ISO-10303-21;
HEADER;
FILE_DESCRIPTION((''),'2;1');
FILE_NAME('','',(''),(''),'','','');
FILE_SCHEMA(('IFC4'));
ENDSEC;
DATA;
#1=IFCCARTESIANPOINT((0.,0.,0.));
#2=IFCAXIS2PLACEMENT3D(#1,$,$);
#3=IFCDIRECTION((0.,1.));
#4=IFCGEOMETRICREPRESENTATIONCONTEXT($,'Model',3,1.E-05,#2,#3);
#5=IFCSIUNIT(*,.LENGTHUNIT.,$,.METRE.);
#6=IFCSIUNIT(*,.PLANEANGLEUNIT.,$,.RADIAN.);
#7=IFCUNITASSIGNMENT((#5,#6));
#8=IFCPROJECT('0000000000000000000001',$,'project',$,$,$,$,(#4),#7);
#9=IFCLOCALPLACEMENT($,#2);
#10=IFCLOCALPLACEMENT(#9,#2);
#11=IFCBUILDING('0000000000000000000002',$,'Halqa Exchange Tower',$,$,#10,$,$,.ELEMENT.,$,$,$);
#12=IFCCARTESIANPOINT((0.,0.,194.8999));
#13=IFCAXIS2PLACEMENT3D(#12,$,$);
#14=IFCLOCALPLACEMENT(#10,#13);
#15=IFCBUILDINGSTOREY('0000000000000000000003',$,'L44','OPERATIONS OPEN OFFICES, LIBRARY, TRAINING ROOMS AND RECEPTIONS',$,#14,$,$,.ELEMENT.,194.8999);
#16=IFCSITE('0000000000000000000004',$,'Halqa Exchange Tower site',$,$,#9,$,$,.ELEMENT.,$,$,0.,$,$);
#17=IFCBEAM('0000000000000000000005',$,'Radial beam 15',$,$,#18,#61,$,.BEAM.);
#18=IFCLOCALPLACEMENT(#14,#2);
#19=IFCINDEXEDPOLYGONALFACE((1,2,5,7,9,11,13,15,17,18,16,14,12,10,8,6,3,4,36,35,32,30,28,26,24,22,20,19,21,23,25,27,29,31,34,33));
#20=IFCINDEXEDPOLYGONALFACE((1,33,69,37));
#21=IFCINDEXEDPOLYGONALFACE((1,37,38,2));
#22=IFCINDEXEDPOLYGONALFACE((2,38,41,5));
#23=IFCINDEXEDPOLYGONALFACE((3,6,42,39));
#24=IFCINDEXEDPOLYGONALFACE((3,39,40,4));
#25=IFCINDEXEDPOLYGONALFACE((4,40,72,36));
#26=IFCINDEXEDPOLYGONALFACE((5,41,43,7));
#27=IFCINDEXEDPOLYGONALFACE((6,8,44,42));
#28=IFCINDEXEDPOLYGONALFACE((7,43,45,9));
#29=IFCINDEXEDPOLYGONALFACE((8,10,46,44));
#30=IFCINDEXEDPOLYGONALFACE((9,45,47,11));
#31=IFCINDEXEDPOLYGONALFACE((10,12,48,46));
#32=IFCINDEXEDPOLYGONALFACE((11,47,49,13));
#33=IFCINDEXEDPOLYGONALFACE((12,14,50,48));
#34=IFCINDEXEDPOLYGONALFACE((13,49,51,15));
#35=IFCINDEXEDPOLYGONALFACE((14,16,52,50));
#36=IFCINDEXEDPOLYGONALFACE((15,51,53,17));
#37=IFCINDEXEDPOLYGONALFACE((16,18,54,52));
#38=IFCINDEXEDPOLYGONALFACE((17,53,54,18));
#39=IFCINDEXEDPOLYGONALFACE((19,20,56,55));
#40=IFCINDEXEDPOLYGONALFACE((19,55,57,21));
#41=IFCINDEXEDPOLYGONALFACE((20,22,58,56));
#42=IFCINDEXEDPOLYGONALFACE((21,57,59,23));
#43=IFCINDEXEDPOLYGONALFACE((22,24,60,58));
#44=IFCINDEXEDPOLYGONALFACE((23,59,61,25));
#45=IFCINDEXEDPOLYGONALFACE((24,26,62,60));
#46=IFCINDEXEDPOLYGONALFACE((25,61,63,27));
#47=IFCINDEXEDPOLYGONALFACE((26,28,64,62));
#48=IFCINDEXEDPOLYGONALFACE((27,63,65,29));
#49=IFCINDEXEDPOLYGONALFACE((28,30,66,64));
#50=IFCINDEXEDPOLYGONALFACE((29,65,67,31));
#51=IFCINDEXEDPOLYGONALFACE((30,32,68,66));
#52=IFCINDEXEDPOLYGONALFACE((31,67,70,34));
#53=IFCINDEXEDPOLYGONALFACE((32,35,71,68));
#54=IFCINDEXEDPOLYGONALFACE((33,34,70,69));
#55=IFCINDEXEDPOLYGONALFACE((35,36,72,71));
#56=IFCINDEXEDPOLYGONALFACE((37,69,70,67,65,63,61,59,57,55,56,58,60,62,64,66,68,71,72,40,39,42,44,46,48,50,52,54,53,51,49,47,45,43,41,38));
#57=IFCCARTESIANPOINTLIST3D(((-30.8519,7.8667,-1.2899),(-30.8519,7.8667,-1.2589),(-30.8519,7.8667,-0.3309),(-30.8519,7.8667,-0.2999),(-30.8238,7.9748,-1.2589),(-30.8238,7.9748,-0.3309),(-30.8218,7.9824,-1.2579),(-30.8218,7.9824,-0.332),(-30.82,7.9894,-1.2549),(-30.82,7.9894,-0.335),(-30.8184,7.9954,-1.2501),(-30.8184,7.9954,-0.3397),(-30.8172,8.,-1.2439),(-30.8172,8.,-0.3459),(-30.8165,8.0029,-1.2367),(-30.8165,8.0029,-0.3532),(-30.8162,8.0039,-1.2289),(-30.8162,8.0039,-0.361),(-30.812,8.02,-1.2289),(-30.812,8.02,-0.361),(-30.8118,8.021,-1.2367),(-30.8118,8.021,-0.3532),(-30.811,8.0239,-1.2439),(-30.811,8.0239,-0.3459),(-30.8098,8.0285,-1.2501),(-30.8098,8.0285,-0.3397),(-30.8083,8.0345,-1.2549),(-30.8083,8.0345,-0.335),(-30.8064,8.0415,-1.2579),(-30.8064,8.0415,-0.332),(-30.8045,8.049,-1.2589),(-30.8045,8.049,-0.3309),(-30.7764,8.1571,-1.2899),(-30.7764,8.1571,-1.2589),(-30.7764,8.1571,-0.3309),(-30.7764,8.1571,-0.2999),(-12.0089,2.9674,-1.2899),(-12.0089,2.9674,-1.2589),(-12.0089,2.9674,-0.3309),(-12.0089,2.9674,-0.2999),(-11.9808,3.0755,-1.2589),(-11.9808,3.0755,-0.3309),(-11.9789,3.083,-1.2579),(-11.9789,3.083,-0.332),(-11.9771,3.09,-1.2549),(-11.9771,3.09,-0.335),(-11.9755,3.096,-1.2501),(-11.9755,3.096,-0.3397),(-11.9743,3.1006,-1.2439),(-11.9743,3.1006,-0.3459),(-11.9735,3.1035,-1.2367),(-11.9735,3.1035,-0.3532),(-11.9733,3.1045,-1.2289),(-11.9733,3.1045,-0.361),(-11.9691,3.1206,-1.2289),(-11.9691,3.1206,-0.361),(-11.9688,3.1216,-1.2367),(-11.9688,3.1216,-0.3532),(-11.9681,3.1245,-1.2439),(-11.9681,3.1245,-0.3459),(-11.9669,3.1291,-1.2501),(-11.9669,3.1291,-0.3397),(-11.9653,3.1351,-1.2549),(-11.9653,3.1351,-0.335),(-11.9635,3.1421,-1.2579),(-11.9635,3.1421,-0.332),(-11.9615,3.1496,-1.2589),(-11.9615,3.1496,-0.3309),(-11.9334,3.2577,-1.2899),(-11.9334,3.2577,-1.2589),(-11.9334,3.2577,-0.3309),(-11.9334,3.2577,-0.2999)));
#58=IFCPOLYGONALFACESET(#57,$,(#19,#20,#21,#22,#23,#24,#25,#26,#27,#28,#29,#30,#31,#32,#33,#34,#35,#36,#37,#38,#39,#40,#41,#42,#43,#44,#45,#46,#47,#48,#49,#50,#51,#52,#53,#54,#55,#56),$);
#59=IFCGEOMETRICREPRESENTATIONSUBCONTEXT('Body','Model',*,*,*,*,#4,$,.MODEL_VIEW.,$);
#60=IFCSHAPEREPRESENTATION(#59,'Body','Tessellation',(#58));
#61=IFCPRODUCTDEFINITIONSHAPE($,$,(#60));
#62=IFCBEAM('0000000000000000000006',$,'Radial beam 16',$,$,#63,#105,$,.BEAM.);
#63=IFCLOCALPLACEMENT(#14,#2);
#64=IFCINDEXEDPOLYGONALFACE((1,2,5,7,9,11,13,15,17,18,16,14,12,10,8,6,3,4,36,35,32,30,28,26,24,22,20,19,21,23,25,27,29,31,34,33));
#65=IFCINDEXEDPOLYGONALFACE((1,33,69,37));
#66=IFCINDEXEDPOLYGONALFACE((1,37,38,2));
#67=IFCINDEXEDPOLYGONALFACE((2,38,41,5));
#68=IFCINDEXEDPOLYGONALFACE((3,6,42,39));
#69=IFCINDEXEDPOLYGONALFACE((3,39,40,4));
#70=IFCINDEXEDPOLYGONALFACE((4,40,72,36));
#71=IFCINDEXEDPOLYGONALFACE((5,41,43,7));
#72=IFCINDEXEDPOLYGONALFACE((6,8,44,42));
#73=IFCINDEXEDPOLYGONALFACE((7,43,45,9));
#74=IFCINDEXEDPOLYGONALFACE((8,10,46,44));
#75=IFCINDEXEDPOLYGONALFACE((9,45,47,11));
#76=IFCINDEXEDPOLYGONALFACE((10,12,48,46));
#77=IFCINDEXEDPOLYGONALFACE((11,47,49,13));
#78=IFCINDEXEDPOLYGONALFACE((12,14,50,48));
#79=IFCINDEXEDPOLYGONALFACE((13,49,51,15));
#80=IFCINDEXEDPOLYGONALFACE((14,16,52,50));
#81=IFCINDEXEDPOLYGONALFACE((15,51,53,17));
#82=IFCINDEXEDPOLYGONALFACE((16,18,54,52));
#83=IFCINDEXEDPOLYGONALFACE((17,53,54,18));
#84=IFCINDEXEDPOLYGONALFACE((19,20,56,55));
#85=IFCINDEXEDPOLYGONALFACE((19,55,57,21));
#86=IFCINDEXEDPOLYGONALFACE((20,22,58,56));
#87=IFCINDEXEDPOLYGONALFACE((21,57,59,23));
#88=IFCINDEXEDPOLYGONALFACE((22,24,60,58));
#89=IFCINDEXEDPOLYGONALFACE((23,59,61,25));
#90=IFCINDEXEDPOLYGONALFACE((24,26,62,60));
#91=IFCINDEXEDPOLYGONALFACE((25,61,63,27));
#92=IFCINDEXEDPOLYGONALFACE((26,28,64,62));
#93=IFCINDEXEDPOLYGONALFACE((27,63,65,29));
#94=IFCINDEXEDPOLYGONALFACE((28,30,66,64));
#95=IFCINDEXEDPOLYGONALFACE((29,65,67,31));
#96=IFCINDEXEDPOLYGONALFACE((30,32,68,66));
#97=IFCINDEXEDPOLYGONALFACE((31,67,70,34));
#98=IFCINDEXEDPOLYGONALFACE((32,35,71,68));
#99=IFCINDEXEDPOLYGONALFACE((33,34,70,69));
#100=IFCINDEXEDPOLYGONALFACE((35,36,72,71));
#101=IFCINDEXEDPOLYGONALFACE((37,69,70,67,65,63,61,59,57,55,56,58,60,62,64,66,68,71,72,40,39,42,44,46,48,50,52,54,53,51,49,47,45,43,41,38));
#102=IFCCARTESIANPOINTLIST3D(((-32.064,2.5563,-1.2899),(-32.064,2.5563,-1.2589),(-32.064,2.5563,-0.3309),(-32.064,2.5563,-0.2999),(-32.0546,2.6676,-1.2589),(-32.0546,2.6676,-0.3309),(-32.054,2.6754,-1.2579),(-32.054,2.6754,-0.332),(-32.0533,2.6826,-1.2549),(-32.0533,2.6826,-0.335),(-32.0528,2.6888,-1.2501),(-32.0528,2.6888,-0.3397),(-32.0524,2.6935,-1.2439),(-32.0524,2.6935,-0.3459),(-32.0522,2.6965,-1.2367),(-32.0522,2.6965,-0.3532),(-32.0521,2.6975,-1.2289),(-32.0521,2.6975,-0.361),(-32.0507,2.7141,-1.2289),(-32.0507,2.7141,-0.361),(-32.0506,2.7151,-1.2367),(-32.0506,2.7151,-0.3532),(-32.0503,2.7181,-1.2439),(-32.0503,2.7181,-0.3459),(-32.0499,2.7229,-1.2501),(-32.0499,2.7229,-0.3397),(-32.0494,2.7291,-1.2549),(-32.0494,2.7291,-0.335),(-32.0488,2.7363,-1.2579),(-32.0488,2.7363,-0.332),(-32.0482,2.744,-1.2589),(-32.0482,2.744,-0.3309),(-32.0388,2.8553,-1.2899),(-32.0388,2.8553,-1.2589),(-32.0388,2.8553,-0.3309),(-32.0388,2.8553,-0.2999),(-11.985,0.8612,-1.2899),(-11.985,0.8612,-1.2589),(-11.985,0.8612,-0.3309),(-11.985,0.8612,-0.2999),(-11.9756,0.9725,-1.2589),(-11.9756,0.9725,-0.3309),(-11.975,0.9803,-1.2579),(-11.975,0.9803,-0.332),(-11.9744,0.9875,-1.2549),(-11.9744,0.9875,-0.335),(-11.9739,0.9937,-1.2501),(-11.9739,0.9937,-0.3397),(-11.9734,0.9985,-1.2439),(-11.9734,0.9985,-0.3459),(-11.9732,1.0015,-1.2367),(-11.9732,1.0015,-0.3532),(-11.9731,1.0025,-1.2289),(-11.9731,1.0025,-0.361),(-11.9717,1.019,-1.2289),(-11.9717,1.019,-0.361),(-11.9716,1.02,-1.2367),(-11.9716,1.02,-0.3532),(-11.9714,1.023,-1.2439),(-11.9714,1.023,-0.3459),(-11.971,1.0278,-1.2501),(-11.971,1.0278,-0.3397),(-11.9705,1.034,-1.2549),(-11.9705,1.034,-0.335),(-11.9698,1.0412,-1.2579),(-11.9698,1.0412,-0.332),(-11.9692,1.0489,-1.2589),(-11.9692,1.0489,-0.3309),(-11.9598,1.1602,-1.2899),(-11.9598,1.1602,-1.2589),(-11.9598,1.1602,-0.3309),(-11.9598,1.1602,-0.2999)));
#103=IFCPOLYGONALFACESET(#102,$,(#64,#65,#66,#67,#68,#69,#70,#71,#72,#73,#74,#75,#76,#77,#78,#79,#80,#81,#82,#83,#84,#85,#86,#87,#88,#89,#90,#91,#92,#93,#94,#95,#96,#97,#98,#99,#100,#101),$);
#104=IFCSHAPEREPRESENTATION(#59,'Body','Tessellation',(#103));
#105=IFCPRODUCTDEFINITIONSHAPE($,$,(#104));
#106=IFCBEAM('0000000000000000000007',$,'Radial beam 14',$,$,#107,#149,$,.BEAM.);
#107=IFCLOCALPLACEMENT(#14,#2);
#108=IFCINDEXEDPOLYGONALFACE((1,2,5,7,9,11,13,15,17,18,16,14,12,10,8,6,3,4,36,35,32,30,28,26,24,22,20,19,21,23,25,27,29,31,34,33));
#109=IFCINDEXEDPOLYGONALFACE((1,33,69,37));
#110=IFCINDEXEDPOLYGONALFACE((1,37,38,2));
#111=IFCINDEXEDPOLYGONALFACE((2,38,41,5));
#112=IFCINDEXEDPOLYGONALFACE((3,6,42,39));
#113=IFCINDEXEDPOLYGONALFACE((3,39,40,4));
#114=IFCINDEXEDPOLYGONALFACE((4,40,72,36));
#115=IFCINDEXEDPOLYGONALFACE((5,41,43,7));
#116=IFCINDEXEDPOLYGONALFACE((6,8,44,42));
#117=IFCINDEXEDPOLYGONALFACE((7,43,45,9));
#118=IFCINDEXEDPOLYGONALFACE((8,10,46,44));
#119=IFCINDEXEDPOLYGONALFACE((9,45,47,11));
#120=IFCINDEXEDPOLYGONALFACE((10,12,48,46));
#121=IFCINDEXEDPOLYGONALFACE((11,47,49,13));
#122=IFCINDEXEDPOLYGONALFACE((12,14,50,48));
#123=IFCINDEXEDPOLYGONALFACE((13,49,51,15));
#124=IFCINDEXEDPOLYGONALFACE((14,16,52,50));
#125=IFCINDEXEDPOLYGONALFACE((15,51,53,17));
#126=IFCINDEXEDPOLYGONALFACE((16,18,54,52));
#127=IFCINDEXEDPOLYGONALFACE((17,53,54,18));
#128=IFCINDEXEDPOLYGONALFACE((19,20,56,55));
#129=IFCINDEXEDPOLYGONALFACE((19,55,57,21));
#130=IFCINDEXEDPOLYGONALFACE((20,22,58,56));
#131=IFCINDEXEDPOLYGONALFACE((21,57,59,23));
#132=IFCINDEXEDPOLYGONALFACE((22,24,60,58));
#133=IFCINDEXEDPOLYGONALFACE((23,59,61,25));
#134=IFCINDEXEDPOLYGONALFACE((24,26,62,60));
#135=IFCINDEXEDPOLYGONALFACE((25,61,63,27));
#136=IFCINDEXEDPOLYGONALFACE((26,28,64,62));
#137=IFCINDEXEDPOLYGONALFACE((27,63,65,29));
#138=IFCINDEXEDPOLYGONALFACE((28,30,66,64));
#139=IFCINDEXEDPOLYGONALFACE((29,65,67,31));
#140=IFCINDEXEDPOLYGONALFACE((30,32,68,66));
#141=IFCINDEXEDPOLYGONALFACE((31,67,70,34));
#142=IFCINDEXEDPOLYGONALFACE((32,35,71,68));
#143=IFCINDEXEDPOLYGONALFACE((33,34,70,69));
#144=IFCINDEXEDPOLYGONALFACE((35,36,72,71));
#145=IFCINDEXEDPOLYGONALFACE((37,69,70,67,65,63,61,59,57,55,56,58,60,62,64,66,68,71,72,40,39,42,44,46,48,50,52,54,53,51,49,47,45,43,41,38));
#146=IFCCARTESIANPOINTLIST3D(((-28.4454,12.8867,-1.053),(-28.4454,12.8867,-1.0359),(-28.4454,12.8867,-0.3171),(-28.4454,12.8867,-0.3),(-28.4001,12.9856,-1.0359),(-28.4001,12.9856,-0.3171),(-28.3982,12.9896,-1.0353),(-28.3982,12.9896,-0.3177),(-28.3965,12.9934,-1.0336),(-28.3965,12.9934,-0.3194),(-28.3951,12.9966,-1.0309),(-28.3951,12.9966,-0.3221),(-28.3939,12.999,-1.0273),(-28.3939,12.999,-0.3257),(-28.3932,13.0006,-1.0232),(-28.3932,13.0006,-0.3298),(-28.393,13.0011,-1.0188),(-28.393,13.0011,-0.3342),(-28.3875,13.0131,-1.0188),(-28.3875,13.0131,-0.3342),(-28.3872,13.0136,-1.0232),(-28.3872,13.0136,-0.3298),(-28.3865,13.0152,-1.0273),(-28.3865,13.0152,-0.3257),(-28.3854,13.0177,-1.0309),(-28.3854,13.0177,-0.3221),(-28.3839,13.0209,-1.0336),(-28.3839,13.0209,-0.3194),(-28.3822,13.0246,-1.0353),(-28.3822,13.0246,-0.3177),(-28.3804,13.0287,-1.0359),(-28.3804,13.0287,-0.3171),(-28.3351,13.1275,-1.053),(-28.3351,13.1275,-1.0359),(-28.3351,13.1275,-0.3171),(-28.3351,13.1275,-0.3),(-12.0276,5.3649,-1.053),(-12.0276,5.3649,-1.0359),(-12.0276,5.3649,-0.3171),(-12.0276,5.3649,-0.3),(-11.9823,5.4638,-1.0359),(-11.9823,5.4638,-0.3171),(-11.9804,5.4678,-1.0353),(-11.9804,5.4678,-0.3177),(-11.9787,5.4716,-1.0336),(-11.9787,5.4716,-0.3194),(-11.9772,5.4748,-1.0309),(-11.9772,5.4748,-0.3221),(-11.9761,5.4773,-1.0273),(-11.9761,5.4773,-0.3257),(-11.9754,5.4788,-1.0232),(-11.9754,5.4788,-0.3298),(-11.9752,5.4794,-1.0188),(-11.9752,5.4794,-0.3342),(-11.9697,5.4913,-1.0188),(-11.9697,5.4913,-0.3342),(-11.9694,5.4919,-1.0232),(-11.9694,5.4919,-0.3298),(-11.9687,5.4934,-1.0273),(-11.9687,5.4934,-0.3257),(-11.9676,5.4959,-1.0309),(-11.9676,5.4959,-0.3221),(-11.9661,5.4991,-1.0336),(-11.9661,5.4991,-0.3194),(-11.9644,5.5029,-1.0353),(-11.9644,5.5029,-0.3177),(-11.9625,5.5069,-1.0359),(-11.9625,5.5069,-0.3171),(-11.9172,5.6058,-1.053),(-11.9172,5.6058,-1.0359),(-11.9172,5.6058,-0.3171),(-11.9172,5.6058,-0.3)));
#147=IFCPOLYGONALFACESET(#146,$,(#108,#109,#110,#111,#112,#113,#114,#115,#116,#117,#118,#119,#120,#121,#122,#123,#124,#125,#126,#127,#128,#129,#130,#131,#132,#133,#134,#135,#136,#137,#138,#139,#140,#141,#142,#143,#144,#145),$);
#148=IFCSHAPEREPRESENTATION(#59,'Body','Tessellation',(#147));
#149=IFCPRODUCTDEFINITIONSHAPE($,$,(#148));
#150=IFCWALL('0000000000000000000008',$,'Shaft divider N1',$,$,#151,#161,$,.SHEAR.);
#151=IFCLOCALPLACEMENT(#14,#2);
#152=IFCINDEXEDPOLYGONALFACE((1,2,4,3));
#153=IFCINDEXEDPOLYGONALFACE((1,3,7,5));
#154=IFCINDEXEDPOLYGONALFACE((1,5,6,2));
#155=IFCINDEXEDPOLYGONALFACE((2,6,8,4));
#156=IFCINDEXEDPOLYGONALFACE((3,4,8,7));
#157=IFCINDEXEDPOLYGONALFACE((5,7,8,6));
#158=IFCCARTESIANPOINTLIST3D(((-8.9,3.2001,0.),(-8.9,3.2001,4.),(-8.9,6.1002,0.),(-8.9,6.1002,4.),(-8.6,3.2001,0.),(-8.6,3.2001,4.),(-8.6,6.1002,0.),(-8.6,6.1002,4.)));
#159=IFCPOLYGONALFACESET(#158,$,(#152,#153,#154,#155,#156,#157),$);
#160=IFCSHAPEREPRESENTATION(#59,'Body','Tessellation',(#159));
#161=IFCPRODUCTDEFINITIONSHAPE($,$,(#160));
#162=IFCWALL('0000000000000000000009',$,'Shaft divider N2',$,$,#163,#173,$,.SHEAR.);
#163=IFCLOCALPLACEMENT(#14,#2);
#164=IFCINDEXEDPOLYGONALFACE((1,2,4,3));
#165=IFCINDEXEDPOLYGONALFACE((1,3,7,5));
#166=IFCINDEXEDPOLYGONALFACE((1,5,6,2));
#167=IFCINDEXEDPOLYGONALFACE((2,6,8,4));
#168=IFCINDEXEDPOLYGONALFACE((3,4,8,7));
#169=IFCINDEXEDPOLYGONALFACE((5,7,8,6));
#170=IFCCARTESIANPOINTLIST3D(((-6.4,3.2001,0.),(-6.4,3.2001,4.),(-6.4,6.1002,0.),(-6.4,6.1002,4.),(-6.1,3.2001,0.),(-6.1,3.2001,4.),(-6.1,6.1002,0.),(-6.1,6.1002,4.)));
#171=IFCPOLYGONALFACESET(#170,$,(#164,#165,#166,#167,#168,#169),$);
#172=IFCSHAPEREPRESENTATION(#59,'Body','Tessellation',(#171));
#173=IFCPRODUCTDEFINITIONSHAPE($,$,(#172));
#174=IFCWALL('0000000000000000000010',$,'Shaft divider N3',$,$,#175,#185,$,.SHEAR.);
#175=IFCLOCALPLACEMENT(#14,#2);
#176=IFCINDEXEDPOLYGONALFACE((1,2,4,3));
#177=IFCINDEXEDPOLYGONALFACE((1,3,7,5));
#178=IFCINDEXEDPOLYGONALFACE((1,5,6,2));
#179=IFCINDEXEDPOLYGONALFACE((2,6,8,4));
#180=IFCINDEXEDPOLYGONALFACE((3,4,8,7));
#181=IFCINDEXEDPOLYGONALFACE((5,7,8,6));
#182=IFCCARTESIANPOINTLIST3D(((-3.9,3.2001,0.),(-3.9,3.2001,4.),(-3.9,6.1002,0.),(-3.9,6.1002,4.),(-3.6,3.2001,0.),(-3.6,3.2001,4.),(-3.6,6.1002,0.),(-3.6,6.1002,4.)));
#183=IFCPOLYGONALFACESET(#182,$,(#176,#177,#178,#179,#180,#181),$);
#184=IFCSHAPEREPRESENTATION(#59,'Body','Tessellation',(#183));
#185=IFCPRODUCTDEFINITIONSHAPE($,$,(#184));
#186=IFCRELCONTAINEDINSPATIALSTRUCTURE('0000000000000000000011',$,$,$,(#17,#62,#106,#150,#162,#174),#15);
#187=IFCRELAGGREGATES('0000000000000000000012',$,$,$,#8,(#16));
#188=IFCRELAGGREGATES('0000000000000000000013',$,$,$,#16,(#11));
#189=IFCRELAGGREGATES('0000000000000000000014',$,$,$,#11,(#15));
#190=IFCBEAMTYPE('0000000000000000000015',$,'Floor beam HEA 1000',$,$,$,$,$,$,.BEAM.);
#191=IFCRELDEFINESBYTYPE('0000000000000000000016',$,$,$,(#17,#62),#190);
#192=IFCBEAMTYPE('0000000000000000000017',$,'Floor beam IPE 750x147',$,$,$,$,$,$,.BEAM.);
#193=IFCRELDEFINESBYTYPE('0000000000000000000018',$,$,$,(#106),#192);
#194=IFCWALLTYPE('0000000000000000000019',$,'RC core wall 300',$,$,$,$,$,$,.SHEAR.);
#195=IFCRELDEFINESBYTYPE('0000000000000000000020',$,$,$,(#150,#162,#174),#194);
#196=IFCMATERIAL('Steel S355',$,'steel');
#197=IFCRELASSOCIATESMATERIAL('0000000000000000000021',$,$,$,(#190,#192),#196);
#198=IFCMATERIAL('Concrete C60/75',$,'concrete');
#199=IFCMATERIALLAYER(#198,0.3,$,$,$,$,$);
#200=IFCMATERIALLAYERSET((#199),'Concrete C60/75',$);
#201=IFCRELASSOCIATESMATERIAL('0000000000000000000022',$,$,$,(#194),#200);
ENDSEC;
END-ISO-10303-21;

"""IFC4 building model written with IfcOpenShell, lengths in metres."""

from ifc_helpers import new_model, si_unit, direction, frame, frame_2d, origin, origin_2d, place, context, subcontext, project, spatial, rectangle, i_section, extrude, material, layer, layer_set, material_profile, profile_set, type_object, element, save


model = new_model("IFC4")

# Units and contexts
model_context = context("Model", 3, precision=1e-05, world=origin(), true_north=direction((0.0, 1.0)))
body_context = subcontext(model_context, "Body", "Model", "MODEL_VIEW")
ifc_project = project(units=[si_unit("LENGTHUNIT", "METRE"), si_unit("PLANEANGLEUNIT", "RADIAN")], contexts=[model_context])

# Site, building, storey
site_placement = place(None, origin())
site = spatial("IfcSite", under=ifc_project, at=site_placement, Name="Halqa Exchange Tower site", CompositionType="ELEMENT", RefElevation=0.0)
building_placement = place(site_placement, origin())
building = spatial("IfcBuilding", under=site, at=building_placement, Name="Halqa Exchange Tower", CompositionType="ELEMENT")
storey_placement = place(building_placement, frame((0.0, 0.0, 194.8999)))
storey = spatial("IfcBuildingStorey", under=building, at=storey_placement, Name="L44", Description="OPERATIONS OPEN OFFICES, LIBRARY, TRAINING ROOMS AND RECEPTIONS", CompositionType="ELEMENT", Elevation=194.8999)

# Beams
ifc_material_1 = material(Name="Steel S355", Category="steel")
ifc_material_profile_1 = material_profile(ifc_material_1, i_section(OverallWidth=0.3, OverallDepth=0.99, WebThickness=0.0166, FlangeThickness=0.031, FilletRadius=0.03, at=origin_2d()), Name="HEA 1000")
ifc_profile_set_1 = profile_set([ifc_material_profile_1], Name="Steel S355")
beam_type_1 = type_object("IfcBeamType", Name="Floor beam HEA 1000", PredefinedType="BEAM", material=ifc_profile_set_1)
beam_1_placement = place(storey_placement, frame((-11.9712, 3.1125, -0.7949), z_axis=(-0.96782, 0.251645, 0.0), x_axis=(-0.251645, -0.96782, 0.0)))
element("IfcBeam", 1, at=beam_1_placement, inside=storey, type_object=beam_type_1, Name="Radial beam 15", PredefinedType="BEAM", context=body_context, shape_type="SweptSolid", body=[
    extrude(i_section(OverallWidth=0.3, OverallDepth=0.99, WebThickness=0.0166, FlangeThickness=0.031, FilletRadius=0.03, at=origin_2d()), origin(), (0.0, 0.0, 1.0), 19.4695),
])
beam_2_placement = place(storey_placement, frame((-11.9724, 1.0107, -0.7949), z_axis=(-0.996456, 0.084121, 0.0), x_axis=(-0.084121, -0.996456, 0.0)))
element("IfcBeam", 2, at=beam_2_placement, inside=storey, type_object=beam_type_1, Name="Radial beam 16", PredefinedType="BEAM", context=body_context, shape_type="SweptSolid", body=[
    extrude(i_section(OverallWidth=0.3, OverallDepth=0.99, WebThickness=0.0166, FlangeThickness=0.031, FilletRadius=0.03, at=origin_2d()), origin(), (0.0, 0.0, 1.0), 20.1504),
])
ifc_material_profile_2 = material_profile(ifc_material_1, i_section(OverallWidth=0.2649, OverallDepth=0.7529, WebThickness=0.0132, FlangeThickness=0.0171, FilletRadius=0.0171, at=origin_2d()), Name="IPE 750x147")
ifc_profile_set_2 = profile_set([ifc_material_profile_2], Name="Steel S355")
beam_type_2 = type_object("IfcBeamType", Name="Floor beam IPE 750x147", PredefinedType="BEAM", material=ifc_profile_set_2)
beam_3_placement = place(storey_placement, frame((-11.9724, 5.4854, -0.6765), z_axis=(-0.909129, 0.416515, 0.0), x_axis=(-0.416515, -0.909129, 0.0)))
element("IfcBeam", 3, at=beam_3_placement, inside=storey, type_object=beam_type_2, Name="Radial beam 14", PredefinedType="BEAM", context=body_context, shape_type="SweptSolid", body=[
    extrude(i_section(OverallWidth=0.2649, OverallDepth=0.7529, WebThickness=0.0132, FlangeThickness=0.0171, FilletRadius=0.0171, at=origin_2d()), origin(), (0.0, 0.0, 1.0), 18.0588),
])

# Walls
ifc_material_2 = material(Name="Concrete C60/75", Category="concrete")
ifc_layer_1 = layer(ifc_material_2, 0.3)
ifc_layer_set_1 = layer_set([ifc_layer_1], Name="Concrete C60/75")
wall_type_1 = type_object("IfcWallType", Name="RC core wall 300", PredefinedType="SHEAR", material=ifc_layer_set_1)
for number, where, z_axis, x_axis, name in (
    (4, (-8.75, 3.2, 0.0), (0.0, 0.0, 1.0), (0.0, 1.0, 0.0), "Shaft divider N1"),
    (5, (-6.25, 3.2, 0.0), (0.0, 0.0, 1.0), (0.0, 1.0, 0.0), "Shaft divider N2"),
    (6, (-3.75, 3.2, 0.0), (0.0, 0.0, 1.0), (0.0, 1.0, 0.0), "Shaft divider N3"),
):
    element("IfcWall", number, at=place(storey_placement, frame(where, z_axis=z_axis, x_axis=x_axis)), inside=storey, type_object=wall_type_1, Name=name, PredefinedType="SHEAR", context=body_context, shape_type="SweptSolid", body=[
        extrude(rectangle(XDim=2.9001, YDim=0.3, at=frame_2d((1.4502, 0.0))), origin(), (0.0, 0.0, 1.0), 4.0),
    ])

save(model, "model.ifc")
